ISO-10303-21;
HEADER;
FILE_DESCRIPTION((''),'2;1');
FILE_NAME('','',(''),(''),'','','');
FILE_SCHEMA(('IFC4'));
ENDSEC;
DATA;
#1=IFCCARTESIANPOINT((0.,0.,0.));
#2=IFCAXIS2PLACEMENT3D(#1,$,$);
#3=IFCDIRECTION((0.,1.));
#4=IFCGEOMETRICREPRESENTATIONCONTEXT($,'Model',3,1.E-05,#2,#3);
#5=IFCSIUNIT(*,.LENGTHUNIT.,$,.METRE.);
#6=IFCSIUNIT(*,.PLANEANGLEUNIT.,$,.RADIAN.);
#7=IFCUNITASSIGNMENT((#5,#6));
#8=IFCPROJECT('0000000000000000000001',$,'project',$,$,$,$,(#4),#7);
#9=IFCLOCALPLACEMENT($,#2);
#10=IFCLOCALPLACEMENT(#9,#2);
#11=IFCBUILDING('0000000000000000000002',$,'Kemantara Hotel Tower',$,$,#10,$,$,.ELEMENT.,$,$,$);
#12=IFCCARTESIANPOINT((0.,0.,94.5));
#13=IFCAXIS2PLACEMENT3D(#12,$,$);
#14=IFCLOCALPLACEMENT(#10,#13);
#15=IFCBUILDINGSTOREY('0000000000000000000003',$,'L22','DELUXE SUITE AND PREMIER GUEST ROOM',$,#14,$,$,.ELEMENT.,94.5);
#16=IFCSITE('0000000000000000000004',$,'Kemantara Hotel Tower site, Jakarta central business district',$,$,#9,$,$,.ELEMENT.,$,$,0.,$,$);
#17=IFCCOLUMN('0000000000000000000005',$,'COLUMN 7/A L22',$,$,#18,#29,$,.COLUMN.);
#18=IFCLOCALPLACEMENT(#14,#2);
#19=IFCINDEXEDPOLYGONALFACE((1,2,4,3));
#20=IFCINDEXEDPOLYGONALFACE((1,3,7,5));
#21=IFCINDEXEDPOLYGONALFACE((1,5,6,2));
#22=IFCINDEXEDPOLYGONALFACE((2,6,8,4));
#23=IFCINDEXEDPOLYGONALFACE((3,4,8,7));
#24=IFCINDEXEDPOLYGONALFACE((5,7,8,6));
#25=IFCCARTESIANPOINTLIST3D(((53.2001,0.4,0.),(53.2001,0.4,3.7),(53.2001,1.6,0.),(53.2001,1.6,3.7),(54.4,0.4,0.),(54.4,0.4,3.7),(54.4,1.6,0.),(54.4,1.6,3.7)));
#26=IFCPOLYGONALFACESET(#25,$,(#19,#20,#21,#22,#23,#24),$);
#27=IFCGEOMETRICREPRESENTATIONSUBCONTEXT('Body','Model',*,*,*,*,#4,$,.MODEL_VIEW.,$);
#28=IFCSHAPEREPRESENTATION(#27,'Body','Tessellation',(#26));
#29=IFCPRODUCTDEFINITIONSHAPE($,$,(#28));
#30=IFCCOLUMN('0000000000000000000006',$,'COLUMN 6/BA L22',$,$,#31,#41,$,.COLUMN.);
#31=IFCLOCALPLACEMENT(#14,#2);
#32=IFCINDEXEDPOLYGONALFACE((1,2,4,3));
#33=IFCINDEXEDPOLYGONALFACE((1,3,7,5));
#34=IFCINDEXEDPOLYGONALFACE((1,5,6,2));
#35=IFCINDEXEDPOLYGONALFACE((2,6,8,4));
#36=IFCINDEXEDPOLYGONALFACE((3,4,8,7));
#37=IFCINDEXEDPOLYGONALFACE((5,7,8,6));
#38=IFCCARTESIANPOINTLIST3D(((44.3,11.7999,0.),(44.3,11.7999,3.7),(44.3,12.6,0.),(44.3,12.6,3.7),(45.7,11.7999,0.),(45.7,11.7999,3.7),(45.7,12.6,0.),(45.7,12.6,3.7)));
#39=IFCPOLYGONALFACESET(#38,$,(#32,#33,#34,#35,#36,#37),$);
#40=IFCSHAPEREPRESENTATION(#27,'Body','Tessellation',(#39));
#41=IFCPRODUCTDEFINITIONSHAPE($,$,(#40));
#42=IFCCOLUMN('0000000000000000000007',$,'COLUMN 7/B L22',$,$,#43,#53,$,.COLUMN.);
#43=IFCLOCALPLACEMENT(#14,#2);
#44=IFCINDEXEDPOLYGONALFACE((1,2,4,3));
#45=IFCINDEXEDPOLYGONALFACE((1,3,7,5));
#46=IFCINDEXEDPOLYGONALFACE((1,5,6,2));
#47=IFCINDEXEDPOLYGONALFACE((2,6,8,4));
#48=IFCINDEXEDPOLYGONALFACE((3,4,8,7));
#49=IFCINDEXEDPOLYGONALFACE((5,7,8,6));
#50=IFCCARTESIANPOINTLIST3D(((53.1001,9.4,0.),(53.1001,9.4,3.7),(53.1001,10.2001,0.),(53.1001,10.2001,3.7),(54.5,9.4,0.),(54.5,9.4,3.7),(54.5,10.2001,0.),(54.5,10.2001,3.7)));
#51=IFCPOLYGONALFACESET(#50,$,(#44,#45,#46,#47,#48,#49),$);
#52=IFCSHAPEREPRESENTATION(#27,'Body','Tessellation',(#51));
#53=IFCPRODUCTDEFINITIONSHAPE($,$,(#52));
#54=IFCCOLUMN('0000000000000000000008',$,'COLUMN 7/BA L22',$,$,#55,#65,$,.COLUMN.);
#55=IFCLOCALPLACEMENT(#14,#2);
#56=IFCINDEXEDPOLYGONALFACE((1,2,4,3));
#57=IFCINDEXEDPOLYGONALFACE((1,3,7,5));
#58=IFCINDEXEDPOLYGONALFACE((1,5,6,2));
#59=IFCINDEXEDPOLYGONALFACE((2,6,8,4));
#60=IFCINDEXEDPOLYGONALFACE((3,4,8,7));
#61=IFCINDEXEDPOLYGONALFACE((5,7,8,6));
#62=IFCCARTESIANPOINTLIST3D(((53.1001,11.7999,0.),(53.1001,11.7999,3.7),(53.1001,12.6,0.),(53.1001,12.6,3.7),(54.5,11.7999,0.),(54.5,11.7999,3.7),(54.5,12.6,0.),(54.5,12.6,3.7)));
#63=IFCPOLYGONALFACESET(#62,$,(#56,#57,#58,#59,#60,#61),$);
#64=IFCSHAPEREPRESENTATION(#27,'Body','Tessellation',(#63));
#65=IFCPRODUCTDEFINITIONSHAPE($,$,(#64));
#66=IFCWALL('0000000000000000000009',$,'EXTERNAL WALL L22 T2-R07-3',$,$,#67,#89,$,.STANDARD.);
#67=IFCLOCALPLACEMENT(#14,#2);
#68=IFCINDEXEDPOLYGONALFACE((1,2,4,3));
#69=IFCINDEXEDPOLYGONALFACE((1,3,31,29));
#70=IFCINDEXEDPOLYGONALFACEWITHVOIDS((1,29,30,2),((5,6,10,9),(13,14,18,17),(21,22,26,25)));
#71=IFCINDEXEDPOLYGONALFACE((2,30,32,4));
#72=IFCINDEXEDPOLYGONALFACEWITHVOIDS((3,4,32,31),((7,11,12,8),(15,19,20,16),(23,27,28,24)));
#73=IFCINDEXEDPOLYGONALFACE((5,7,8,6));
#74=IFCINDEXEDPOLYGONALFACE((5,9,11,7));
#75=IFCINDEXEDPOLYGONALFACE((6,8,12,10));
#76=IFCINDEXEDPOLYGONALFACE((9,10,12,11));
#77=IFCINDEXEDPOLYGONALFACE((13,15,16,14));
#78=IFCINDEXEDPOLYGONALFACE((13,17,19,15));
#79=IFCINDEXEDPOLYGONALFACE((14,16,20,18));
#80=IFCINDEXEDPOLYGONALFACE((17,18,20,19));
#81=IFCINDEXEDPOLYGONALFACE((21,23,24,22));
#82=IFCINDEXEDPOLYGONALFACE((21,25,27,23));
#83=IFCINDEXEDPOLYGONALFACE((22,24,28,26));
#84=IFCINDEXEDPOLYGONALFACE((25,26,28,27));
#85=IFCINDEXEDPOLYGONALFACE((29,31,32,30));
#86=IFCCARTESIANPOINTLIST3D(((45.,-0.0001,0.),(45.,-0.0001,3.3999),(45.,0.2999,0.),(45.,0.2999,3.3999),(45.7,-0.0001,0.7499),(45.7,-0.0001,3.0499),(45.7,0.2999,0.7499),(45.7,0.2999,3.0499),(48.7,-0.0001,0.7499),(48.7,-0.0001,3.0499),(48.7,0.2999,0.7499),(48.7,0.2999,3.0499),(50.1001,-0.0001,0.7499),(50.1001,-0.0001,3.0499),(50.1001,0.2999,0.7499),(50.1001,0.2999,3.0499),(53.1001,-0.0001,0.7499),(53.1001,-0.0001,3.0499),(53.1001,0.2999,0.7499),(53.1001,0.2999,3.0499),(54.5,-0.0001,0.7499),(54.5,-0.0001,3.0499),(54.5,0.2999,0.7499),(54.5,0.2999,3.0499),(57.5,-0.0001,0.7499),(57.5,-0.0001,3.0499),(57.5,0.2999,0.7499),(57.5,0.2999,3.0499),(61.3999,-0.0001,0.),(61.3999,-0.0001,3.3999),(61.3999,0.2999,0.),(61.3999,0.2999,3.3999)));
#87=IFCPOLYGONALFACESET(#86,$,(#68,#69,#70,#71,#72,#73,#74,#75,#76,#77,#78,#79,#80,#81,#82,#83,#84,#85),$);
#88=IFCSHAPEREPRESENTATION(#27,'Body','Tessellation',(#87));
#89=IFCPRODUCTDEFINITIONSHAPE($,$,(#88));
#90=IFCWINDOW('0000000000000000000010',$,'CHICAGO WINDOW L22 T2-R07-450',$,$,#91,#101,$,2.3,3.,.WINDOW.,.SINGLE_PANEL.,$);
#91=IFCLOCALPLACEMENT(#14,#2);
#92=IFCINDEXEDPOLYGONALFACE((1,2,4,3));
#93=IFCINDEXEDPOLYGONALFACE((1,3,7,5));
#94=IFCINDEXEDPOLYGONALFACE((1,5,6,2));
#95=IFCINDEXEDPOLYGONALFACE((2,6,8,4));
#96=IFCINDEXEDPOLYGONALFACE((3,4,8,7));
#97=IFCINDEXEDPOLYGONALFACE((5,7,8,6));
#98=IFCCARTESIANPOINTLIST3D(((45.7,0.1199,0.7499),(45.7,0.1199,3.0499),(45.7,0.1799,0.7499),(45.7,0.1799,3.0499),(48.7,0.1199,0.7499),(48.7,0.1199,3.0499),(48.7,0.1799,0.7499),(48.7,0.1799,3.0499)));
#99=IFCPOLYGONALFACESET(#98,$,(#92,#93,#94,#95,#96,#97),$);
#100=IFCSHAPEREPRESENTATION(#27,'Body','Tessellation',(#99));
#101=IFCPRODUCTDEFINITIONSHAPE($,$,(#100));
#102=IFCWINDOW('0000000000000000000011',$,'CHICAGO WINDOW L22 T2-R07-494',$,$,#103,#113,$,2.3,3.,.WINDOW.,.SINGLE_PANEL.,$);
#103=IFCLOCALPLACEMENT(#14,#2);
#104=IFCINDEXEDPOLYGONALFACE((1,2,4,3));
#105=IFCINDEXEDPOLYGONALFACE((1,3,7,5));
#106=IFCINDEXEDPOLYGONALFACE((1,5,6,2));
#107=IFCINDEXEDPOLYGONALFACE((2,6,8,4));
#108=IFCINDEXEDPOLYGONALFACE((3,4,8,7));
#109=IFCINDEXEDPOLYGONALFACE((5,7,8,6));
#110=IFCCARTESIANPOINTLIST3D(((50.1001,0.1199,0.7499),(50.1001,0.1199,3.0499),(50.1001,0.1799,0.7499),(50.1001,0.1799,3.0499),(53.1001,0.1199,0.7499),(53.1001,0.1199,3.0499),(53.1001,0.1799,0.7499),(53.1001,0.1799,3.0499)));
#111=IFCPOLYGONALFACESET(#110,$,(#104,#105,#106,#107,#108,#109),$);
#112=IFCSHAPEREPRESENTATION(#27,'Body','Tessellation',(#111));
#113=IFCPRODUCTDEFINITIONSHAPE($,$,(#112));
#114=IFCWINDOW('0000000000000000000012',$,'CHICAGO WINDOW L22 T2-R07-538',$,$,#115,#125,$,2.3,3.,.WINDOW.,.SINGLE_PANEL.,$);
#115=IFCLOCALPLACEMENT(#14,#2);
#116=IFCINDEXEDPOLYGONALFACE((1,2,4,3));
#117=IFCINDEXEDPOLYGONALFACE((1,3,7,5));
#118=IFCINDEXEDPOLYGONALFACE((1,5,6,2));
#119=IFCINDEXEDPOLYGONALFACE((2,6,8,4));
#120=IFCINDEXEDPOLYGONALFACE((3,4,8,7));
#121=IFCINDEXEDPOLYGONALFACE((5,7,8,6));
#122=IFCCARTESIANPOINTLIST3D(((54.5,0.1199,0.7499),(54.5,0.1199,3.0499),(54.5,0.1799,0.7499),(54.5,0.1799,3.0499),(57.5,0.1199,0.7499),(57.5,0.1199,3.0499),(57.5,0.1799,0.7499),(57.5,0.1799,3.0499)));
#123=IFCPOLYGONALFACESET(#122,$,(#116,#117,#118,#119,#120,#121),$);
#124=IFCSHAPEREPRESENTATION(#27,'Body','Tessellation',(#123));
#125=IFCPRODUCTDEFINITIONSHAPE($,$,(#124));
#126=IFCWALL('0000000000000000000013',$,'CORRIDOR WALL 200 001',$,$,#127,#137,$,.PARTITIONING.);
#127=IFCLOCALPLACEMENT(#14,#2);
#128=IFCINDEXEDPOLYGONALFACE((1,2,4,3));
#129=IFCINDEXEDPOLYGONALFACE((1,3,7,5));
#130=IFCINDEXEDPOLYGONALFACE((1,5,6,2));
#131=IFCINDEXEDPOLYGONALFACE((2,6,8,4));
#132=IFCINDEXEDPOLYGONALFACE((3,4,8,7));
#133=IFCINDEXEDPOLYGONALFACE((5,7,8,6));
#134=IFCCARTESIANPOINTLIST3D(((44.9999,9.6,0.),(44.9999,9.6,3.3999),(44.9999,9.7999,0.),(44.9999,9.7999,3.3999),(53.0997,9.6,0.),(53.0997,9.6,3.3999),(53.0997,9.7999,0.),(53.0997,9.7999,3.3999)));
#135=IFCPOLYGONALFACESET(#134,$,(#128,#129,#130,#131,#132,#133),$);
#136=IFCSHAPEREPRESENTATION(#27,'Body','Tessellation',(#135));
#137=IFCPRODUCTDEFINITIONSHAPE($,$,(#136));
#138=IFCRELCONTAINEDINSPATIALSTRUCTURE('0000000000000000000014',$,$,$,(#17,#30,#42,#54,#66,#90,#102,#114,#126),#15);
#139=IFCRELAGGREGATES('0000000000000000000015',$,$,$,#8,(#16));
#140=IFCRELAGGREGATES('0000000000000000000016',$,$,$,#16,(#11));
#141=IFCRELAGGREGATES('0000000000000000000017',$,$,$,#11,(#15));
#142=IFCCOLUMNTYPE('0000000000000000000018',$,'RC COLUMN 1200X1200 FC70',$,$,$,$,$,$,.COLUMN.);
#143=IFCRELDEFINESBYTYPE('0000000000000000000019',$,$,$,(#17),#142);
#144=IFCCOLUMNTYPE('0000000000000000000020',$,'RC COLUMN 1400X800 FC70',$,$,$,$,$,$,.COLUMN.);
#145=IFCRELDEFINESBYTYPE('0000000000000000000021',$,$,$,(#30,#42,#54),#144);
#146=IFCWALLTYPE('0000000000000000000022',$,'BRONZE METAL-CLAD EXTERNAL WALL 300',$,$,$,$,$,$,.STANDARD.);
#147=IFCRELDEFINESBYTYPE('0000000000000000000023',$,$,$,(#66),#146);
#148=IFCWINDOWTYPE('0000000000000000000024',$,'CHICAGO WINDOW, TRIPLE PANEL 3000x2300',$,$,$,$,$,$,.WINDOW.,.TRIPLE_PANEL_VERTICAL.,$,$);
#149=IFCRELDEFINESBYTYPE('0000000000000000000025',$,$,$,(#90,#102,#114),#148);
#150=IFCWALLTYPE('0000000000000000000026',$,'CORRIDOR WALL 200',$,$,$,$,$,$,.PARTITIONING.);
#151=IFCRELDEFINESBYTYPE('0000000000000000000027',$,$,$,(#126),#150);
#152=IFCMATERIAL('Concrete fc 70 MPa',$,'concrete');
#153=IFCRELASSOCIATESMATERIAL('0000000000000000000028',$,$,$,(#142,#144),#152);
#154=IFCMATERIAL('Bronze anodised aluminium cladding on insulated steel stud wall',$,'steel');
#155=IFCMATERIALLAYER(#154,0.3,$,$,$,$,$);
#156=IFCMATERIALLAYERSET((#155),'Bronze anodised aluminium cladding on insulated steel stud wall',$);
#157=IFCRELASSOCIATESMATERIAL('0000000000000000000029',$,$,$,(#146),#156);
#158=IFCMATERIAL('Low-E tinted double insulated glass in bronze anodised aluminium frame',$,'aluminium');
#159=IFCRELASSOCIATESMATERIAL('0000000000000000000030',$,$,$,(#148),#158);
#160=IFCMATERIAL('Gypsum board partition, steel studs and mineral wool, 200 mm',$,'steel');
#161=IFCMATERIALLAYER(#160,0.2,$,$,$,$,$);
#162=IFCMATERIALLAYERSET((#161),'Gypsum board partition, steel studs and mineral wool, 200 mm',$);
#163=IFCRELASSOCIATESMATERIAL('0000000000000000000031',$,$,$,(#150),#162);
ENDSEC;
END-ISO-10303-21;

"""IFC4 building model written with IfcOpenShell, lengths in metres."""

from ifc_helpers import new_model, si_unit, direction, frame, frame_2d, origin, origin_2d, place, context, subcontext, project, spatial, rectangle, extrude, material, layer, layer_set, material_profile, profile_set, type_object, element, fill, save


model = new_model("IFC4")

# Units and contexts
model_context = context("Model", 3, precision=1e-05, world=origin(), true_north=direction((0.0, 1.0)))
body_context = subcontext(model_context, "Body", "Model", "MODEL_VIEW")
ifc_project = project(units=[si_unit("LENGTHUNIT", "METRE"), si_unit("PLANEANGLEUNIT", "RADIAN")], contexts=[model_context])

# Site, building, storey
site_placement = place(None, origin())
site = spatial("IfcSite", under=ifc_project, at=site_placement, Name="Kemantara Hotel Tower site, Jakarta central business district", CompositionType="ELEMENT", RefElevation=0.0)
building_placement = place(site_placement, origin())
building = spatial("IfcBuilding", under=site, at=building_placement, Name="Kemantara Hotel Tower", CompositionType="ELEMENT")
storey_placement = place(building_placement, frame((0.0, 0.0, 94.5)))
storey = spatial("IfcBuildingStorey", under=building, at=storey_placement, Name="L22", Description="DELUXE SUITE AND PREMIER GUEST ROOM", CompositionType="ELEMENT", Elevation=94.5)

# Columns
ifc_material_1 = material(Name="Concrete fc 70 MPa", Category="concrete")
ifc_material_profile_1 = material_profile(ifc_material_1, rectangle(XDim=1.2, YDim=1.2, at=origin_2d()), Name="RC 1200X1200")
ifc_profile_set_1 = profile_set([ifc_material_profile_1], Name="Concrete fc 70 MPa")
column_type_1 = type_object("IfcColumnType", Name="RC COLUMN 1200X1200 FC70", PredefinedType="COLUMN", material=ifc_profile_set_1)
column_placement = place(storey_placement, frame((53.8, 1.0, 0.0), z_axis=(0.0, 0.0, 1.0), x_axis=(1.0, 0.0, 0.0)))
element("IfcColumn", 1, at=column_placement, inside=storey, type_object=column_type_1, Name="COLUMN 7/A L22", PredefinedType="COLUMN", context=body_context, shape_type="SweptSolid", body=[
    extrude(rectangle(XDim=1.2, YDim=1.2, at=origin_2d()), origin(), (0.0, 0.0, 1.0), 3.7),
])
ifc_material_profile_2 = material_profile(ifc_material_1, rectangle(XDim=1.3999, YDim=0.8, at=origin_2d()), Name="RC 1400X800")
ifc_profile_set_2 = profile_set([ifc_material_profile_2], Name="Concrete fc 70 MPa")
column_type_2 = type_object("IfcColumnType", Name="RC COLUMN 1400X800 FC70", PredefinedType="COLUMN", material=ifc_profile_set_2)
for number, where, z_axis, x_axis, name in (
    (2, (45.0, 12.2, 0.0), (0.0, 0.0, 1.0), (1.0, 0.0, 0.0), "COLUMN 6/BA L22"),
    (3, (53.8, 9.8, 0.0), (0.0, 0.0, 1.0), (1.0, 0.0, 0.0), "COLUMN 7/B L22"),
    (4, (53.8, 12.2, 0.0), (0.0, 0.0, 1.0), (1.0, 0.0, 0.0), "COLUMN 7/BA L22"),
):
    element("IfcColumn", number, at=place(storey_placement, frame(where, z_axis=z_axis, x_axis=x_axis)), inside=storey, type_object=column_type_2, Name=name, PredefinedType="COLUMN", context=body_context, shape_type="SweptSolid", body=[
        extrude(rectangle(XDim=1.3999, YDim=0.8, at=origin_2d()), origin(), (0.0, 0.0, 1.0), 3.7),
    ])

# Wall, openings, windows
ifc_material_2 = material(Name="Bronze anodised aluminium cladding on insulated steel stud wall", Category="steel")
ifc_layer_1 = layer(ifc_material_2, 0.3)
ifc_layer_set_1 = layer_set([ifc_layer_1], Name="Bronze anodised aluminium cladding on insulated steel stud wall")
wall_type_1 = type_object("IfcWallType", Name="BRONZE METAL-CLAD EXTERNAL WALL 300", PredefinedType="STANDARD", material=ifc_layer_set_1)
wall_1_placement = place(storey_placement, frame((45.0, 0.1499, 0.0), z_axis=(0.0, 0.0, 1.0), x_axis=(1.0, 0.0, 0.0)))
wall_1 = element("IfcWall", 5, at=wall_1_placement, inside=storey, type_object=wall_type_1, Name="EXTERNAL WALL L22 T2-R07-3", PredefinedType="STANDARD", context=body_context, shape_type="SweptSolid", body=[
    extrude(rectangle(XDim=16.3999, YDim=0.3, at=frame_2d((8.2, 0.0))), origin(), (0.0, 0.0, 1.0), 3.3999),
])
opening_1_placement = place(wall_1_placement, frame((0.7, 0.0, 0.75)))
opening_1 = element("IfcOpeningElement", 6, at=opening_1_placement, cuts=wall_1, PredefinedType="OPENING", context=body_context, shape_type="SweptSolid", body=[
    extrude(rectangle(XDim=3.0, YDim=2.3, at=frame_2d((1.5, 1.1499))), frame((0.0, 0.1599, 0.0), z_axis=(0.0, -1.0, 0.0), x_axis=(1.0, 0.0, 0.0)), (0.0, 0.0, 1.0), 0.3201),
])
opening_2_placement = place(wall_1_placement, frame((5.1001, 0.0, 0.75)))
opening_2 = element("IfcOpeningElement", 7, at=opening_2_placement, cuts=wall_1, PredefinedType="OPENING", context=body_context, shape_type="SweptSolid", body=[
    extrude(rectangle(XDim=3.0, YDim=2.3, at=frame_2d((1.5, 1.1499))), frame((0.0, 0.1599, 0.0), z_axis=(0.0, -1.0, 0.0), x_axis=(1.0, 0.0, 0.0)), (0.0, 0.0, 1.0), 0.3201),
])
opening_3_placement = place(wall_1_placement, frame((9.5, 0.0, 0.75)))
opening_3 = element("IfcOpeningElement", 8, at=opening_3_placement, cuts=wall_1, PredefinedType="OPENING", context=body_context, shape_type="SweptSolid", body=[
    extrude(rectangle(XDim=3.0, YDim=2.3, at=frame_2d((1.5, 1.1499))), frame((0.0, 0.1599, 0.0), z_axis=(0.0, -1.0, 0.0), x_axis=(1.0, 0.0, 0.0)), (0.0, 0.0, 1.0), 0.3201),
])
ifc_material_3 = material(Name="Low-E tinted double insulated glass in bronze anodised aluminium frame", Category="aluminium")
window_type = type_object("IfcWindowType", Name="CHICAGO WINDOW, TRIPLE PANEL 3000x2300", PartitioningType="TRIPLE_PANEL_VERTICAL", PredefinedType="WINDOW", material=ifc_material_3)
window_1_placement = place(opening_1_placement, origin())
window_1 = element("IfcWindow", 9, at=window_1_placement, inside=storey, type_object=window_type, Name="CHICAGO WINDOW L22 T2-R07-450", OverallHeight=2.3, OverallWidth=3.0, PartitioningType="SINGLE_PANEL", PredefinedType="WINDOW", context=body_context, shape_type="SweptSolid", body=[
    extrude(rectangle(XDim=3.0, YDim=2.3, at=frame_2d((1.5, 1.1499))), frame((0.0, 0.03, 0.0), z_axis=(0.0, -1.0, 0.0), x_axis=(1.0, 0.0, 0.0)), (0.0, 0.0, 1.0), 0.0601),
])
fill(opening_1, window_1)
window_2_placement = place(opening_2_placement, origin())
window_2 = element("IfcWindow", 10, at=window_2_placement, inside=storey, type_object=window_type, Name="CHICAGO WINDOW L22 T2-R07-494", OverallHeight=2.3, OverallWidth=3.0, PartitioningType="SINGLE_PANEL", PredefinedType="WINDOW", context=body_context, shape_type="SweptSolid", body=[
    extrude(rectangle(XDim=3.0, YDim=2.3, at=frame_2d((1.5, 1.1499))), frame((0.0, 0.03, 0.0), z_axis=(0.0, -1.0, 0.0), x_axis=(1.0, 0.0, 0.0)), (0.0, 0.0, 1.0), 0.0601),
])
fill(opening_2, window_2)
window_3_placement = place(opening_3_placement, origin())
window_3 = element("IfcWindow", 11, at=window_3_placement, inside=storey, type_object=window_type, Name="CHICAGO WINDOW L22 T2-R07-538", OverallHeight=2.3, OverallWidth=3.0, PartitioningType="SINGLE_PANEL", PredefinedType="WINDOW", context=body_context, shape_type="SweptSolid", body=[
    extrude(rectangle(XDim=3.0, YDim=2.3, at=frame_2d((1.5, 1.1499))), frame((0.0, 0.03, 0.0), z_axis=(0.0, -1.0, 0.0), x_axis=(1.0, 0.0, 0.0)), (0.0, 0.0, 1.0), 0.0601),
])
fill(opening_3, window_3)

# Wall
ifc_material_4 = material(Name="Gypsum board partition, steel studs and mineral wool, 200 mm", Category="steel")
ifc_layer_2 = layer(ifc_material_4, 0.2)
ifc_layer_set_2 = layer_set([ifc_layer_2], Name="Gypsum board partition, steel studs and mineral wool, 200 mm")
wall_type_2 = type_object("IfcWallType", Name="CORRIDOR WALL 200", PredefinedType="PARTITIONING", material=ifc_layer_set_2)
wall_2_placement = place(storey_placement, frame((45.0, 9.7, 0.0), z_axis=(0.0, 0.0, 1.0), x_axis=(1.0, 0.0, 0.0)))
element("IfcWall", 12, at=wall_2_placement, inside=storey, type_object=wall_type_2, Name="CORRIDOR WALL 200 001", PredefinedType="PARTITIONING", context=body_context, shape_type="SweptSolid", body=[
    extrude(rectangle(XDim=8.0999, YDim=0.2, at=frame_2d((4.0498, 0.0))), origin(), (0.0, 0.0, 1.0), 3.3999),
])

save(model, "model.ifc")
